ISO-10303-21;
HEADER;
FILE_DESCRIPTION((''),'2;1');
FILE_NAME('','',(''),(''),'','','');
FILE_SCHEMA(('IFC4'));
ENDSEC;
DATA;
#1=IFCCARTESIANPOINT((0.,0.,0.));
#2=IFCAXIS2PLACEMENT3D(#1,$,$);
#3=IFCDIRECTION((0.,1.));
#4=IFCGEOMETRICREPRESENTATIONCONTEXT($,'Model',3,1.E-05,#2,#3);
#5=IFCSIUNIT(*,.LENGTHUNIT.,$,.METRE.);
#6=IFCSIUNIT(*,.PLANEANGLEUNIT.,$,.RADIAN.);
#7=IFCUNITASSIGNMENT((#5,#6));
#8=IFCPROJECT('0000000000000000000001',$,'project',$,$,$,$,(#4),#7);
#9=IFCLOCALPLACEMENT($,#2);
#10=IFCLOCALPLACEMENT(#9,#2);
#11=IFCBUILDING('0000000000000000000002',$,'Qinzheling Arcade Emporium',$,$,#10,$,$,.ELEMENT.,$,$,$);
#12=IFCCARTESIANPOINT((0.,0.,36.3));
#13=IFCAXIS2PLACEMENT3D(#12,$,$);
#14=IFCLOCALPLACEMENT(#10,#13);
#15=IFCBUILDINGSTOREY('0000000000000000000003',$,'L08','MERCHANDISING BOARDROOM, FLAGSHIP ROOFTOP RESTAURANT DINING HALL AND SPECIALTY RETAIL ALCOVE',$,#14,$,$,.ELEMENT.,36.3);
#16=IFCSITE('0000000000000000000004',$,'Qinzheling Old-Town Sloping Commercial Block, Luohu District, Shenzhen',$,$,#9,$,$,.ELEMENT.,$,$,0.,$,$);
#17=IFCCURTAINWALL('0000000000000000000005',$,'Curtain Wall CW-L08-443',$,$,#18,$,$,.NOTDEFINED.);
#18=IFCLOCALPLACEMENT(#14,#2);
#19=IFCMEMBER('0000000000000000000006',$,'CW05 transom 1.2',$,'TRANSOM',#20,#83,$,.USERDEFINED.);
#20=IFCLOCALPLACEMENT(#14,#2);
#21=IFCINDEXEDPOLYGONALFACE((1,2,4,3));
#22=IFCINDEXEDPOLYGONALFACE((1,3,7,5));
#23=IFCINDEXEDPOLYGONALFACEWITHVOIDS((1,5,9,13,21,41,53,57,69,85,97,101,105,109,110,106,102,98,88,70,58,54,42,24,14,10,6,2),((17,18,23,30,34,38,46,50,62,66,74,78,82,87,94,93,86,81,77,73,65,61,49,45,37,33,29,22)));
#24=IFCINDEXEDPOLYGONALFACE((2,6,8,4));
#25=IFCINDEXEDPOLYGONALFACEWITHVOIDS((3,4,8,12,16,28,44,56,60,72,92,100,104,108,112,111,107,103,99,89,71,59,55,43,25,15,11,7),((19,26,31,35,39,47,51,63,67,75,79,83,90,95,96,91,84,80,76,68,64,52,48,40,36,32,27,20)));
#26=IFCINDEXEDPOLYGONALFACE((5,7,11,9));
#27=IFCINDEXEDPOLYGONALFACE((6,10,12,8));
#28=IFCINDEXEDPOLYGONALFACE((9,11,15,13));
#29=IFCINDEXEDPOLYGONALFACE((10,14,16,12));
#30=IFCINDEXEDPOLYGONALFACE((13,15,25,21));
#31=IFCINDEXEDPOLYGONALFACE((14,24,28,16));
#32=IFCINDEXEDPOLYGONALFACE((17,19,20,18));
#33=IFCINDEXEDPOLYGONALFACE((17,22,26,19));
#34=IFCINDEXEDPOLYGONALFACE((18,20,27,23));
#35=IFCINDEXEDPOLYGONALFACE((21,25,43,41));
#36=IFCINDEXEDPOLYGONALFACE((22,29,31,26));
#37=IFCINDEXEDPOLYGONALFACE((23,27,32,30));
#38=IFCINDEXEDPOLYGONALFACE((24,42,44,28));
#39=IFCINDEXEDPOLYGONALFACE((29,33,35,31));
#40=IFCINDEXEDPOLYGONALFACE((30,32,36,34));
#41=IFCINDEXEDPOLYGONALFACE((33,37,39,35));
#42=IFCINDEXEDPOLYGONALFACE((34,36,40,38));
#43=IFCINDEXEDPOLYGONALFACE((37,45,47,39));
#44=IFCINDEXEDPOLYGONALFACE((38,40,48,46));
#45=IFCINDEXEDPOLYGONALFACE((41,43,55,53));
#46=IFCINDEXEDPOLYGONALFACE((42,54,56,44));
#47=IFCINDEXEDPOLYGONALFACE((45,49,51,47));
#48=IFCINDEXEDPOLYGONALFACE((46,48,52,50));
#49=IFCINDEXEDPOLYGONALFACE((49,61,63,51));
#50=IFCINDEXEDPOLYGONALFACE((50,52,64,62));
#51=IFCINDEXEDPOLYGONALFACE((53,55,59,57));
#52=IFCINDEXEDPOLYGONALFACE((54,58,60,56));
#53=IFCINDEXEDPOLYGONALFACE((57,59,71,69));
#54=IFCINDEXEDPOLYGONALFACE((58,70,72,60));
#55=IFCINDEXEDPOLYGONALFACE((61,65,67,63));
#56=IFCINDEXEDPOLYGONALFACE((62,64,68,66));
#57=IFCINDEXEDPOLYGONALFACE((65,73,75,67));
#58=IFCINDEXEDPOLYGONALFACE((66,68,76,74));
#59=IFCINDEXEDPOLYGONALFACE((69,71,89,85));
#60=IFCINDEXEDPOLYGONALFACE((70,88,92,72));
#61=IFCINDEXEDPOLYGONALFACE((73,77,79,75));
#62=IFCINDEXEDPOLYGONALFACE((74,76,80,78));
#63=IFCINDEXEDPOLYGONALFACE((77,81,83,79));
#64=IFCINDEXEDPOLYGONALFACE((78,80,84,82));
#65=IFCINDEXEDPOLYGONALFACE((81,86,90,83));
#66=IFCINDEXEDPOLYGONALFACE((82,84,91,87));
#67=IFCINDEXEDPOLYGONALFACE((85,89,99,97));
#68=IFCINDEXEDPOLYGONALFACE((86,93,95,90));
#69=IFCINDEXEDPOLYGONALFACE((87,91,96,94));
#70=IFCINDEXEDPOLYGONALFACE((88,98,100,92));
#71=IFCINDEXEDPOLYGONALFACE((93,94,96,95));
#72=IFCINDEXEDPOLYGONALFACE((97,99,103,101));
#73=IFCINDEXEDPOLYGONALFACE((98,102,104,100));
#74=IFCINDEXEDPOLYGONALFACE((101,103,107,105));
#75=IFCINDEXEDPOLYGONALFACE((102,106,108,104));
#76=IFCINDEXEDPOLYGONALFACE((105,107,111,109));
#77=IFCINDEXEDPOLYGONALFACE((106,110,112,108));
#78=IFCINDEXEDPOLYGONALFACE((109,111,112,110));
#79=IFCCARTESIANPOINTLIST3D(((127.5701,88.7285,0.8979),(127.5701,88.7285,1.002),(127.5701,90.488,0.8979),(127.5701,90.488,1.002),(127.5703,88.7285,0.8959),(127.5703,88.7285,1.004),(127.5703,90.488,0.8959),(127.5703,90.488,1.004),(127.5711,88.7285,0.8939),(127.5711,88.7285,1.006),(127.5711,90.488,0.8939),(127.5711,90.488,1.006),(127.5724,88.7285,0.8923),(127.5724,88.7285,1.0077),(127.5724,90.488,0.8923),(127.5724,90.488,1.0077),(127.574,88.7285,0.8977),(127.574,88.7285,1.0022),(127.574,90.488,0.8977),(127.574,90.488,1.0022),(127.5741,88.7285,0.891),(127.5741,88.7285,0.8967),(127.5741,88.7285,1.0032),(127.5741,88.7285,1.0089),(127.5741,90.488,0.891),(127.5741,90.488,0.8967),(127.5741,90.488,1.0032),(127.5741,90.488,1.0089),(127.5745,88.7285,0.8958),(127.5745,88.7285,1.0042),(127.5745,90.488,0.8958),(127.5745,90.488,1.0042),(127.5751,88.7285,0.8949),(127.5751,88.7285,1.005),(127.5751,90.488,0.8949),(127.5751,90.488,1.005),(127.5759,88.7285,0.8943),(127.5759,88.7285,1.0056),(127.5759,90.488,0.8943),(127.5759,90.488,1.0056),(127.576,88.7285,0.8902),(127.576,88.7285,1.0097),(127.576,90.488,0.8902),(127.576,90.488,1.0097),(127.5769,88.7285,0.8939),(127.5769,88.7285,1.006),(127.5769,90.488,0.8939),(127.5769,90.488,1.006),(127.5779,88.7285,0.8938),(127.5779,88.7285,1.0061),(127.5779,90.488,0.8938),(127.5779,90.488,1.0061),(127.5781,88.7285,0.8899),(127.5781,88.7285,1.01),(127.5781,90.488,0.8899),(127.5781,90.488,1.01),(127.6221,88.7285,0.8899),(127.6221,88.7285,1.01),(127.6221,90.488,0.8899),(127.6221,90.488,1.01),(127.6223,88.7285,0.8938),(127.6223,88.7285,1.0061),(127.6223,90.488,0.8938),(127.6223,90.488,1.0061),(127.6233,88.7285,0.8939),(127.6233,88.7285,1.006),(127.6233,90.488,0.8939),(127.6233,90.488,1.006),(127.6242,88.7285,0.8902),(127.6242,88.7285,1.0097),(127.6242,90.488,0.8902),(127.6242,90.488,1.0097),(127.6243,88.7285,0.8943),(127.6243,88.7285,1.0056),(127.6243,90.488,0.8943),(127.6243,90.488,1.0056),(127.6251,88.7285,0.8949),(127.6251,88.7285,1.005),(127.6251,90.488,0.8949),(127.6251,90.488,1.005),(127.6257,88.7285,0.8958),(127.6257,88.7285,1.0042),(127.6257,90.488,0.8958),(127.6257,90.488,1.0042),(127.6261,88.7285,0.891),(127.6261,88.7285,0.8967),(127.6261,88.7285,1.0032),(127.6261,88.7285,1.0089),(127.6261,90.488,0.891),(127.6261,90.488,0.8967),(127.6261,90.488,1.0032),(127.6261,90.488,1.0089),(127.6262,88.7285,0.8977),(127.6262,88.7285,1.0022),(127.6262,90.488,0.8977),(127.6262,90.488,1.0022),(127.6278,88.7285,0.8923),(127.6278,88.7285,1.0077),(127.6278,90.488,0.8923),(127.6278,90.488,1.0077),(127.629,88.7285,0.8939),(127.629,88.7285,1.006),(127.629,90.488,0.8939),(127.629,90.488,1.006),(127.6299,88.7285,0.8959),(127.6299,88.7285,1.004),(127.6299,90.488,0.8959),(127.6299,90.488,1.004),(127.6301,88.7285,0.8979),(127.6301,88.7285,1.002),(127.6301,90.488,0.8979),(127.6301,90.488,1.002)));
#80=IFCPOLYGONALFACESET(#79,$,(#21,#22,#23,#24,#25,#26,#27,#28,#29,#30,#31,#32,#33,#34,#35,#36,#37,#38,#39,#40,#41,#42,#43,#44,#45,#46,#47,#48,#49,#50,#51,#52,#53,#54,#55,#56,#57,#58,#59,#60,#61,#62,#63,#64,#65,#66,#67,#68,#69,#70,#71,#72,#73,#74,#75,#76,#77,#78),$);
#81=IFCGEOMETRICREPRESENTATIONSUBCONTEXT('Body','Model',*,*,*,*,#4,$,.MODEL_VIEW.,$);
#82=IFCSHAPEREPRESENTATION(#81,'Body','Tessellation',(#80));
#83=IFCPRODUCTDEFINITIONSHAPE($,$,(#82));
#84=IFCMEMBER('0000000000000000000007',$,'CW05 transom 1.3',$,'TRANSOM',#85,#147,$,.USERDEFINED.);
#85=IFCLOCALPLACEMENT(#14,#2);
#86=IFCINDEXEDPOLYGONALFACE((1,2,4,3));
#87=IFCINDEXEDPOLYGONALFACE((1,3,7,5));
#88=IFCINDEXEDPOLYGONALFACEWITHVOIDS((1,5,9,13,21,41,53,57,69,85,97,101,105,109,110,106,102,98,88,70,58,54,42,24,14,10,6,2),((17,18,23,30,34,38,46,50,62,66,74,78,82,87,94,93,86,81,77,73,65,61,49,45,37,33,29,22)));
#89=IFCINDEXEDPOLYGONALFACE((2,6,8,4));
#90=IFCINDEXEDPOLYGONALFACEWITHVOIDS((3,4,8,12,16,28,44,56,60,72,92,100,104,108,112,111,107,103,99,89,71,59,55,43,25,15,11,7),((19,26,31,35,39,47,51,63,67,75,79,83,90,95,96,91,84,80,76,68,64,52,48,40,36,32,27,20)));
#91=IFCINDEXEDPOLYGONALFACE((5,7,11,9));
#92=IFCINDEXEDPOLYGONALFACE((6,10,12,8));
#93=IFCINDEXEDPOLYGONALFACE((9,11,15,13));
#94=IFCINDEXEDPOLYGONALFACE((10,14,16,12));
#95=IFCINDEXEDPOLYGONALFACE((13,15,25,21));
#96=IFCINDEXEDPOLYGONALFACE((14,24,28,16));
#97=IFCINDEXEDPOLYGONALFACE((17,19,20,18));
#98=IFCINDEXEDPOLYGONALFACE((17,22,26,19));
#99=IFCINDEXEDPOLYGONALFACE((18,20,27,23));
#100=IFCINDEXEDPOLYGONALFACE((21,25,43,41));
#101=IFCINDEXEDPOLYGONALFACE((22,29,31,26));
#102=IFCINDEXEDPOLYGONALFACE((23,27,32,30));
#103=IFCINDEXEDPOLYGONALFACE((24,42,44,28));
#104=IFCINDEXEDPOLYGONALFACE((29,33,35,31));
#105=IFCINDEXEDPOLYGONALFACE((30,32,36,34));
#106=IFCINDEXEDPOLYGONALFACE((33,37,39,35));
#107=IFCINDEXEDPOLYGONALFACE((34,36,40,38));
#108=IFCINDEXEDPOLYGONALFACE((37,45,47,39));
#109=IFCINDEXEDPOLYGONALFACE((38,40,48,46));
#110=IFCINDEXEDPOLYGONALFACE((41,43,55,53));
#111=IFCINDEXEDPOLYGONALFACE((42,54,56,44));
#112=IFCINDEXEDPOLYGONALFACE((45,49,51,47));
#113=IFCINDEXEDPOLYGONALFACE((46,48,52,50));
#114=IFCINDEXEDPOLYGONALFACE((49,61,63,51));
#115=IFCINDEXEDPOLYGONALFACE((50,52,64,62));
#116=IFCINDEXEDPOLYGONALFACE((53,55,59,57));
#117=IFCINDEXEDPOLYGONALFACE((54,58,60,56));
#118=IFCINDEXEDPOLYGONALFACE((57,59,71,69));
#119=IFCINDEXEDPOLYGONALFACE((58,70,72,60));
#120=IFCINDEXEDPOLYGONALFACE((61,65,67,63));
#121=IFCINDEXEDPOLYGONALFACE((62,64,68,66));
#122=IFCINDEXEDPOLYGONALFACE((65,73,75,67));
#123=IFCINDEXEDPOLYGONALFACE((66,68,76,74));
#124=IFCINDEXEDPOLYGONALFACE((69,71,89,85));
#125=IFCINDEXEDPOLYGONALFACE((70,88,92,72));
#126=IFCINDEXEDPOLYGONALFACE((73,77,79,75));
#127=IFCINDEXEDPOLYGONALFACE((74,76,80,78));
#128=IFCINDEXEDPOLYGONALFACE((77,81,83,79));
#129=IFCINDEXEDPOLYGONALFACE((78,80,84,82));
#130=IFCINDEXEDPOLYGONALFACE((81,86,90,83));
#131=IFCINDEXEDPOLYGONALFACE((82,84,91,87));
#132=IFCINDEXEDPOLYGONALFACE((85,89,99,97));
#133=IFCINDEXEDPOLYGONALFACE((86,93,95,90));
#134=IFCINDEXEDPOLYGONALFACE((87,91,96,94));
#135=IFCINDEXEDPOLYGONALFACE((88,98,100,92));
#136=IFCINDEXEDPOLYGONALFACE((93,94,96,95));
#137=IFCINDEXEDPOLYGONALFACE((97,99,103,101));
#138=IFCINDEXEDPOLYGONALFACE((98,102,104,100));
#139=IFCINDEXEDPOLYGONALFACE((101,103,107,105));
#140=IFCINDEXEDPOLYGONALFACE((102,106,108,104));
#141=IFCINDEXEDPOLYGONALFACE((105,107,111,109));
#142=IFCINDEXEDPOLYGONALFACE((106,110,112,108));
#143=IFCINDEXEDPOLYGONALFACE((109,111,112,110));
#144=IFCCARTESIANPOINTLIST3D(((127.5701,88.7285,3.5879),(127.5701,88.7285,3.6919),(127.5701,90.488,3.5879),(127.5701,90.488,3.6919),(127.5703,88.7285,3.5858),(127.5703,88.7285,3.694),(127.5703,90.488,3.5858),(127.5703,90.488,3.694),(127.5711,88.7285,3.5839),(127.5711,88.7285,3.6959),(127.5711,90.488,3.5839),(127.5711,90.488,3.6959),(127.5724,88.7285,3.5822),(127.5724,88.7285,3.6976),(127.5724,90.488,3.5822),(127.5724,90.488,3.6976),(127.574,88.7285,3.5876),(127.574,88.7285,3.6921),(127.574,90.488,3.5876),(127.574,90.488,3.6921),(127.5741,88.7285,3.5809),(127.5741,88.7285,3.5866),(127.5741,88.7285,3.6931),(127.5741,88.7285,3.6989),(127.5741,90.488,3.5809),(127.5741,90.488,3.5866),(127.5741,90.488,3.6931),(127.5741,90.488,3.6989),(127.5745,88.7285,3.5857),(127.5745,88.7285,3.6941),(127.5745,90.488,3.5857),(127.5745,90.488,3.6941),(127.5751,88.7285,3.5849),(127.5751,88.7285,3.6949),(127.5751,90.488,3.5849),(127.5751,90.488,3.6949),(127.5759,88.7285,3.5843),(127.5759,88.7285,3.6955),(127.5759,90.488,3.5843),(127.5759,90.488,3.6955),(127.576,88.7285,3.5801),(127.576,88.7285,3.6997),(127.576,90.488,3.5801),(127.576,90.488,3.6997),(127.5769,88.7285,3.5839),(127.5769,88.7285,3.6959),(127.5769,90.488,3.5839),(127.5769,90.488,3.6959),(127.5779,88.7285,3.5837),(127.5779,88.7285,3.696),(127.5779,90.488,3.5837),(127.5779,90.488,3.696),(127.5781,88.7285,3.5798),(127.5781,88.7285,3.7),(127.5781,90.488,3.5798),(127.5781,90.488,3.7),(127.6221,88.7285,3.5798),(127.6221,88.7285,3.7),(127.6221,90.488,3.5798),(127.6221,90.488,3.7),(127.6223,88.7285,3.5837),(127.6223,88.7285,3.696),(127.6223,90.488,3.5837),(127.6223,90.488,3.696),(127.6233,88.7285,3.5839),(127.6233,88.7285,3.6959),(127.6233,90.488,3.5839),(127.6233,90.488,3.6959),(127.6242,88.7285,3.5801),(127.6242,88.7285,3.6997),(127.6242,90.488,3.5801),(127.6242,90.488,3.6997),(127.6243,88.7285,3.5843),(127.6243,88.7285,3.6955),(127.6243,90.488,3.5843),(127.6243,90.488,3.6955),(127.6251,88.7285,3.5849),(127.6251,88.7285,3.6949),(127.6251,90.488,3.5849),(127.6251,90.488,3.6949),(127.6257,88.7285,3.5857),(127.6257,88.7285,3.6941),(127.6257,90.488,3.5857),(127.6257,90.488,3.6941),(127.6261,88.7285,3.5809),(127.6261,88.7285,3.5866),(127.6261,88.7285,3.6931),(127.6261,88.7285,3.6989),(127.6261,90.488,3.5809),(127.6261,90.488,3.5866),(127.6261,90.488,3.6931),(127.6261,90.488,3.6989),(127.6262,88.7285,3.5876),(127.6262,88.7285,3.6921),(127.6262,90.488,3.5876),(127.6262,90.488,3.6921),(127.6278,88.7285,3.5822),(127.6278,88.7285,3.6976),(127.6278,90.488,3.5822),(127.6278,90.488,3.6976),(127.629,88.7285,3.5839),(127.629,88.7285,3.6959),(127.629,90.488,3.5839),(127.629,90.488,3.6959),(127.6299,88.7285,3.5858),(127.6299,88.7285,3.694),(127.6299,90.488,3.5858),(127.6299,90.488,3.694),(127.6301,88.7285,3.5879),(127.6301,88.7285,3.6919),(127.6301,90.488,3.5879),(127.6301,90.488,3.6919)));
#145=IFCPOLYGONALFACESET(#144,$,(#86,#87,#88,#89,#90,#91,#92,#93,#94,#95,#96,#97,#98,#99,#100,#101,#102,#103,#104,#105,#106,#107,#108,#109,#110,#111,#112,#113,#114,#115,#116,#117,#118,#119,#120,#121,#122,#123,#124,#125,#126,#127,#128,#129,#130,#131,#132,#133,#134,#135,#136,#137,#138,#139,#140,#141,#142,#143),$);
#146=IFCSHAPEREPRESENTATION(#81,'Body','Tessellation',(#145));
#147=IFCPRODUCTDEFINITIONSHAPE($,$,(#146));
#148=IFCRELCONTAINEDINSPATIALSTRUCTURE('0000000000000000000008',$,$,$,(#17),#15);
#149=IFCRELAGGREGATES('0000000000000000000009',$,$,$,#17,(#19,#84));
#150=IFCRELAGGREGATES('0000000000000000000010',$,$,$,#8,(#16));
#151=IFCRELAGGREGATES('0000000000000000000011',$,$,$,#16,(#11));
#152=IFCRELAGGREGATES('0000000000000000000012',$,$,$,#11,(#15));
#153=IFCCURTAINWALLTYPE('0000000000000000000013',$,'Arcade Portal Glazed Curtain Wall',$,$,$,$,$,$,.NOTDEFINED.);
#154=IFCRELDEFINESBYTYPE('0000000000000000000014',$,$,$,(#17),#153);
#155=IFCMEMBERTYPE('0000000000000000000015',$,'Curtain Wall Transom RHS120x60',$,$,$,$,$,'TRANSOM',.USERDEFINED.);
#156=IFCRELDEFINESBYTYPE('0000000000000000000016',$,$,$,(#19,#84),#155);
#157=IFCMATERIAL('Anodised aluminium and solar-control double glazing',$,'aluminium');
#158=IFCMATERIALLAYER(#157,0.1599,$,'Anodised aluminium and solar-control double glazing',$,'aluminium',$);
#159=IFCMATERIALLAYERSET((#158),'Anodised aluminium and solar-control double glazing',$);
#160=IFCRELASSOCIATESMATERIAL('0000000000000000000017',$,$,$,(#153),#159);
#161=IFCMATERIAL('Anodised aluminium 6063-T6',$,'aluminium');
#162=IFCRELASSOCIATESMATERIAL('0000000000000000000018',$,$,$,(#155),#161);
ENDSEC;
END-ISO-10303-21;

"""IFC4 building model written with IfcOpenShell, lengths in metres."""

from ifc_helpers import new_model, si_unit, direction, frame, origin, origin_2d, place, context, subcontext, project, spatial, hollow_rectangle, extrude, material, layer, layer_set, material_profile, profile_set, type_object, element, aggregate, save


model = new_model("IFC4")

# Units and contexts
model_context = context("Model", 3, precision=1e-05, world=origin(), true_north=direction((0.0, 1.0)))
body_context = subcontext(model_context, "Body", "Model", "MODEL_VIEW")
ifc_project = project(units=[si_unit("LENGTHUNIT", "METRE"), si_unit("PLANEANGLEUNIT", "RADIAN")], contexts=[model_context])

# Site, building, storey
site_placement = place(None, origin())
site = spatial("IfcSite", under=ifc_project, at=site_placement, Name="Qinzheling Old-Town Sloping Commercial Block, Luohu District, Shenzhen", CompositionType="ELEMENT", RefElevation=0.0)
building_placement = place(site_placement, origin())
building = spatial("IfcBuilding", under=site, at=building_placement, Name="Qinzheling Arcade Emporium", CompositionType="ELEMENT")
storey_placement = place(building_placement, frame((0.0, 0.0, 36.3)))
storey = spatial("IfcBuildingStorey", under=building, at=storey_placement, Name="L08", Description="MERCHANDISING BOARDROOM, FLAGSHIP ROOFTOP RESTAURANT DINING HALL AND SPECIALTY RETAIL ALCOVE", CompositionType="ELEMENT", Elevation=36.3)

# Curtain wall, members
ifc_material_1 = material(Name="Anodised aluminium and solar-control double glazing", Category="aluminium")
ifc_layer_1 = layer(ifc_material_1, 0.1599, Name="Anodised aluminium and solar-control double glazing", Category="aluminium")
ifc_layer_set_1 = layer_set([ifc_layer_1], Name="Anodised aluminium and solar-control double glazing")
curtain_wall_type = type_object("IfcCurtainWallType", Name="Arcade Portal Glazed Curtain Wall", PredefinedType="NOTDEFINED", material=ifc_layer_set_1)
curtain_wall_placement = place(storey_placement, origin())
curtain_wall = element("IfcCurtainWall", 1, at=curtain_wall_placement, inside=storey, type_object=curtain_wall_type, Name="Curtain Wall CW-L08-443", PredefinedType="NOTDEFINED")
ifc_material_2 = material(Name="Anodised aluminium 6063-T6", Category="aluminium")
ifc_material_profile_1 = material_profile(ifc_material_2, hollow_rectangle(XDim=0.0601, YDim=0.1201, WallThickness=0.0039, InnerFilletRadius=0.0039, OuterFilletRadius=0.0081, at=origin_2d()), Name="RHS 120x60x4", Category="aluminium")
ifc_profile_set_1 = profile_set([ifc_material_profile_1], Name="Anodised aluminium 6063-T6")
member_type_1 = type_object("IfcMemberType", Name="Curtain Wall Transom RHS120x60", ElementType="TRANSOM", PredefinedType="USERDEFINED", material=ifc_profile_set_1)
member_1_placement = place(storey_placement, frame((127.6001, 90.488, 0.95), z_axis=(0.0, -1.0, 0.0), x_axis=(1.0, 0.0, 0.0)))
member_1 = element("IfcMember", 2, at=member_1_placement, type_object=member_type_1, Name="CW05 transom 1.2", ObjectType="TRANSOM", PredefinedType="USERDEFINED", context=body_context, shape_type="SweptSolid", body=[
    extrude(hollow_rectangle(XDim=0.0601, YDim=0.1201, WallThickness=0.0039, InnerFilletRadius=0.0039, OuterFilletRadius=0.0081, at=origin_2d()), origin(), (0.0, 0.0, 1.0), 1.7595),
])
member_2_placement = place(storey_placement, frame((127.6001, 90.488, 3.6399), z_axis=(0.0, -1.0, 0.0), x_axis=(1.0, 0.0, 0.0)))
member_2 = element("IfcMember", 3, at=member_2_placement, type_object=member_type_1, Name="CW05 transom 1.3", ObjectType="TRANSOM", PredefinedType="USERDEFINED", context=body_context, shape_type="SweptSolid", body=[
    extrude(hollow_rectangle(XDim=0.0601, YDim=0.1201, WallThickness=0.0039, InnerFilletRadius=0.0039, OuterFilletRadius=0.0081, at=origin_2d()), origin(), (0.0, 0.0, 1.0), 1.7595),
])

aggregate(curtain_wall, [member_1, member_2])

save(model, "model.ifc")
